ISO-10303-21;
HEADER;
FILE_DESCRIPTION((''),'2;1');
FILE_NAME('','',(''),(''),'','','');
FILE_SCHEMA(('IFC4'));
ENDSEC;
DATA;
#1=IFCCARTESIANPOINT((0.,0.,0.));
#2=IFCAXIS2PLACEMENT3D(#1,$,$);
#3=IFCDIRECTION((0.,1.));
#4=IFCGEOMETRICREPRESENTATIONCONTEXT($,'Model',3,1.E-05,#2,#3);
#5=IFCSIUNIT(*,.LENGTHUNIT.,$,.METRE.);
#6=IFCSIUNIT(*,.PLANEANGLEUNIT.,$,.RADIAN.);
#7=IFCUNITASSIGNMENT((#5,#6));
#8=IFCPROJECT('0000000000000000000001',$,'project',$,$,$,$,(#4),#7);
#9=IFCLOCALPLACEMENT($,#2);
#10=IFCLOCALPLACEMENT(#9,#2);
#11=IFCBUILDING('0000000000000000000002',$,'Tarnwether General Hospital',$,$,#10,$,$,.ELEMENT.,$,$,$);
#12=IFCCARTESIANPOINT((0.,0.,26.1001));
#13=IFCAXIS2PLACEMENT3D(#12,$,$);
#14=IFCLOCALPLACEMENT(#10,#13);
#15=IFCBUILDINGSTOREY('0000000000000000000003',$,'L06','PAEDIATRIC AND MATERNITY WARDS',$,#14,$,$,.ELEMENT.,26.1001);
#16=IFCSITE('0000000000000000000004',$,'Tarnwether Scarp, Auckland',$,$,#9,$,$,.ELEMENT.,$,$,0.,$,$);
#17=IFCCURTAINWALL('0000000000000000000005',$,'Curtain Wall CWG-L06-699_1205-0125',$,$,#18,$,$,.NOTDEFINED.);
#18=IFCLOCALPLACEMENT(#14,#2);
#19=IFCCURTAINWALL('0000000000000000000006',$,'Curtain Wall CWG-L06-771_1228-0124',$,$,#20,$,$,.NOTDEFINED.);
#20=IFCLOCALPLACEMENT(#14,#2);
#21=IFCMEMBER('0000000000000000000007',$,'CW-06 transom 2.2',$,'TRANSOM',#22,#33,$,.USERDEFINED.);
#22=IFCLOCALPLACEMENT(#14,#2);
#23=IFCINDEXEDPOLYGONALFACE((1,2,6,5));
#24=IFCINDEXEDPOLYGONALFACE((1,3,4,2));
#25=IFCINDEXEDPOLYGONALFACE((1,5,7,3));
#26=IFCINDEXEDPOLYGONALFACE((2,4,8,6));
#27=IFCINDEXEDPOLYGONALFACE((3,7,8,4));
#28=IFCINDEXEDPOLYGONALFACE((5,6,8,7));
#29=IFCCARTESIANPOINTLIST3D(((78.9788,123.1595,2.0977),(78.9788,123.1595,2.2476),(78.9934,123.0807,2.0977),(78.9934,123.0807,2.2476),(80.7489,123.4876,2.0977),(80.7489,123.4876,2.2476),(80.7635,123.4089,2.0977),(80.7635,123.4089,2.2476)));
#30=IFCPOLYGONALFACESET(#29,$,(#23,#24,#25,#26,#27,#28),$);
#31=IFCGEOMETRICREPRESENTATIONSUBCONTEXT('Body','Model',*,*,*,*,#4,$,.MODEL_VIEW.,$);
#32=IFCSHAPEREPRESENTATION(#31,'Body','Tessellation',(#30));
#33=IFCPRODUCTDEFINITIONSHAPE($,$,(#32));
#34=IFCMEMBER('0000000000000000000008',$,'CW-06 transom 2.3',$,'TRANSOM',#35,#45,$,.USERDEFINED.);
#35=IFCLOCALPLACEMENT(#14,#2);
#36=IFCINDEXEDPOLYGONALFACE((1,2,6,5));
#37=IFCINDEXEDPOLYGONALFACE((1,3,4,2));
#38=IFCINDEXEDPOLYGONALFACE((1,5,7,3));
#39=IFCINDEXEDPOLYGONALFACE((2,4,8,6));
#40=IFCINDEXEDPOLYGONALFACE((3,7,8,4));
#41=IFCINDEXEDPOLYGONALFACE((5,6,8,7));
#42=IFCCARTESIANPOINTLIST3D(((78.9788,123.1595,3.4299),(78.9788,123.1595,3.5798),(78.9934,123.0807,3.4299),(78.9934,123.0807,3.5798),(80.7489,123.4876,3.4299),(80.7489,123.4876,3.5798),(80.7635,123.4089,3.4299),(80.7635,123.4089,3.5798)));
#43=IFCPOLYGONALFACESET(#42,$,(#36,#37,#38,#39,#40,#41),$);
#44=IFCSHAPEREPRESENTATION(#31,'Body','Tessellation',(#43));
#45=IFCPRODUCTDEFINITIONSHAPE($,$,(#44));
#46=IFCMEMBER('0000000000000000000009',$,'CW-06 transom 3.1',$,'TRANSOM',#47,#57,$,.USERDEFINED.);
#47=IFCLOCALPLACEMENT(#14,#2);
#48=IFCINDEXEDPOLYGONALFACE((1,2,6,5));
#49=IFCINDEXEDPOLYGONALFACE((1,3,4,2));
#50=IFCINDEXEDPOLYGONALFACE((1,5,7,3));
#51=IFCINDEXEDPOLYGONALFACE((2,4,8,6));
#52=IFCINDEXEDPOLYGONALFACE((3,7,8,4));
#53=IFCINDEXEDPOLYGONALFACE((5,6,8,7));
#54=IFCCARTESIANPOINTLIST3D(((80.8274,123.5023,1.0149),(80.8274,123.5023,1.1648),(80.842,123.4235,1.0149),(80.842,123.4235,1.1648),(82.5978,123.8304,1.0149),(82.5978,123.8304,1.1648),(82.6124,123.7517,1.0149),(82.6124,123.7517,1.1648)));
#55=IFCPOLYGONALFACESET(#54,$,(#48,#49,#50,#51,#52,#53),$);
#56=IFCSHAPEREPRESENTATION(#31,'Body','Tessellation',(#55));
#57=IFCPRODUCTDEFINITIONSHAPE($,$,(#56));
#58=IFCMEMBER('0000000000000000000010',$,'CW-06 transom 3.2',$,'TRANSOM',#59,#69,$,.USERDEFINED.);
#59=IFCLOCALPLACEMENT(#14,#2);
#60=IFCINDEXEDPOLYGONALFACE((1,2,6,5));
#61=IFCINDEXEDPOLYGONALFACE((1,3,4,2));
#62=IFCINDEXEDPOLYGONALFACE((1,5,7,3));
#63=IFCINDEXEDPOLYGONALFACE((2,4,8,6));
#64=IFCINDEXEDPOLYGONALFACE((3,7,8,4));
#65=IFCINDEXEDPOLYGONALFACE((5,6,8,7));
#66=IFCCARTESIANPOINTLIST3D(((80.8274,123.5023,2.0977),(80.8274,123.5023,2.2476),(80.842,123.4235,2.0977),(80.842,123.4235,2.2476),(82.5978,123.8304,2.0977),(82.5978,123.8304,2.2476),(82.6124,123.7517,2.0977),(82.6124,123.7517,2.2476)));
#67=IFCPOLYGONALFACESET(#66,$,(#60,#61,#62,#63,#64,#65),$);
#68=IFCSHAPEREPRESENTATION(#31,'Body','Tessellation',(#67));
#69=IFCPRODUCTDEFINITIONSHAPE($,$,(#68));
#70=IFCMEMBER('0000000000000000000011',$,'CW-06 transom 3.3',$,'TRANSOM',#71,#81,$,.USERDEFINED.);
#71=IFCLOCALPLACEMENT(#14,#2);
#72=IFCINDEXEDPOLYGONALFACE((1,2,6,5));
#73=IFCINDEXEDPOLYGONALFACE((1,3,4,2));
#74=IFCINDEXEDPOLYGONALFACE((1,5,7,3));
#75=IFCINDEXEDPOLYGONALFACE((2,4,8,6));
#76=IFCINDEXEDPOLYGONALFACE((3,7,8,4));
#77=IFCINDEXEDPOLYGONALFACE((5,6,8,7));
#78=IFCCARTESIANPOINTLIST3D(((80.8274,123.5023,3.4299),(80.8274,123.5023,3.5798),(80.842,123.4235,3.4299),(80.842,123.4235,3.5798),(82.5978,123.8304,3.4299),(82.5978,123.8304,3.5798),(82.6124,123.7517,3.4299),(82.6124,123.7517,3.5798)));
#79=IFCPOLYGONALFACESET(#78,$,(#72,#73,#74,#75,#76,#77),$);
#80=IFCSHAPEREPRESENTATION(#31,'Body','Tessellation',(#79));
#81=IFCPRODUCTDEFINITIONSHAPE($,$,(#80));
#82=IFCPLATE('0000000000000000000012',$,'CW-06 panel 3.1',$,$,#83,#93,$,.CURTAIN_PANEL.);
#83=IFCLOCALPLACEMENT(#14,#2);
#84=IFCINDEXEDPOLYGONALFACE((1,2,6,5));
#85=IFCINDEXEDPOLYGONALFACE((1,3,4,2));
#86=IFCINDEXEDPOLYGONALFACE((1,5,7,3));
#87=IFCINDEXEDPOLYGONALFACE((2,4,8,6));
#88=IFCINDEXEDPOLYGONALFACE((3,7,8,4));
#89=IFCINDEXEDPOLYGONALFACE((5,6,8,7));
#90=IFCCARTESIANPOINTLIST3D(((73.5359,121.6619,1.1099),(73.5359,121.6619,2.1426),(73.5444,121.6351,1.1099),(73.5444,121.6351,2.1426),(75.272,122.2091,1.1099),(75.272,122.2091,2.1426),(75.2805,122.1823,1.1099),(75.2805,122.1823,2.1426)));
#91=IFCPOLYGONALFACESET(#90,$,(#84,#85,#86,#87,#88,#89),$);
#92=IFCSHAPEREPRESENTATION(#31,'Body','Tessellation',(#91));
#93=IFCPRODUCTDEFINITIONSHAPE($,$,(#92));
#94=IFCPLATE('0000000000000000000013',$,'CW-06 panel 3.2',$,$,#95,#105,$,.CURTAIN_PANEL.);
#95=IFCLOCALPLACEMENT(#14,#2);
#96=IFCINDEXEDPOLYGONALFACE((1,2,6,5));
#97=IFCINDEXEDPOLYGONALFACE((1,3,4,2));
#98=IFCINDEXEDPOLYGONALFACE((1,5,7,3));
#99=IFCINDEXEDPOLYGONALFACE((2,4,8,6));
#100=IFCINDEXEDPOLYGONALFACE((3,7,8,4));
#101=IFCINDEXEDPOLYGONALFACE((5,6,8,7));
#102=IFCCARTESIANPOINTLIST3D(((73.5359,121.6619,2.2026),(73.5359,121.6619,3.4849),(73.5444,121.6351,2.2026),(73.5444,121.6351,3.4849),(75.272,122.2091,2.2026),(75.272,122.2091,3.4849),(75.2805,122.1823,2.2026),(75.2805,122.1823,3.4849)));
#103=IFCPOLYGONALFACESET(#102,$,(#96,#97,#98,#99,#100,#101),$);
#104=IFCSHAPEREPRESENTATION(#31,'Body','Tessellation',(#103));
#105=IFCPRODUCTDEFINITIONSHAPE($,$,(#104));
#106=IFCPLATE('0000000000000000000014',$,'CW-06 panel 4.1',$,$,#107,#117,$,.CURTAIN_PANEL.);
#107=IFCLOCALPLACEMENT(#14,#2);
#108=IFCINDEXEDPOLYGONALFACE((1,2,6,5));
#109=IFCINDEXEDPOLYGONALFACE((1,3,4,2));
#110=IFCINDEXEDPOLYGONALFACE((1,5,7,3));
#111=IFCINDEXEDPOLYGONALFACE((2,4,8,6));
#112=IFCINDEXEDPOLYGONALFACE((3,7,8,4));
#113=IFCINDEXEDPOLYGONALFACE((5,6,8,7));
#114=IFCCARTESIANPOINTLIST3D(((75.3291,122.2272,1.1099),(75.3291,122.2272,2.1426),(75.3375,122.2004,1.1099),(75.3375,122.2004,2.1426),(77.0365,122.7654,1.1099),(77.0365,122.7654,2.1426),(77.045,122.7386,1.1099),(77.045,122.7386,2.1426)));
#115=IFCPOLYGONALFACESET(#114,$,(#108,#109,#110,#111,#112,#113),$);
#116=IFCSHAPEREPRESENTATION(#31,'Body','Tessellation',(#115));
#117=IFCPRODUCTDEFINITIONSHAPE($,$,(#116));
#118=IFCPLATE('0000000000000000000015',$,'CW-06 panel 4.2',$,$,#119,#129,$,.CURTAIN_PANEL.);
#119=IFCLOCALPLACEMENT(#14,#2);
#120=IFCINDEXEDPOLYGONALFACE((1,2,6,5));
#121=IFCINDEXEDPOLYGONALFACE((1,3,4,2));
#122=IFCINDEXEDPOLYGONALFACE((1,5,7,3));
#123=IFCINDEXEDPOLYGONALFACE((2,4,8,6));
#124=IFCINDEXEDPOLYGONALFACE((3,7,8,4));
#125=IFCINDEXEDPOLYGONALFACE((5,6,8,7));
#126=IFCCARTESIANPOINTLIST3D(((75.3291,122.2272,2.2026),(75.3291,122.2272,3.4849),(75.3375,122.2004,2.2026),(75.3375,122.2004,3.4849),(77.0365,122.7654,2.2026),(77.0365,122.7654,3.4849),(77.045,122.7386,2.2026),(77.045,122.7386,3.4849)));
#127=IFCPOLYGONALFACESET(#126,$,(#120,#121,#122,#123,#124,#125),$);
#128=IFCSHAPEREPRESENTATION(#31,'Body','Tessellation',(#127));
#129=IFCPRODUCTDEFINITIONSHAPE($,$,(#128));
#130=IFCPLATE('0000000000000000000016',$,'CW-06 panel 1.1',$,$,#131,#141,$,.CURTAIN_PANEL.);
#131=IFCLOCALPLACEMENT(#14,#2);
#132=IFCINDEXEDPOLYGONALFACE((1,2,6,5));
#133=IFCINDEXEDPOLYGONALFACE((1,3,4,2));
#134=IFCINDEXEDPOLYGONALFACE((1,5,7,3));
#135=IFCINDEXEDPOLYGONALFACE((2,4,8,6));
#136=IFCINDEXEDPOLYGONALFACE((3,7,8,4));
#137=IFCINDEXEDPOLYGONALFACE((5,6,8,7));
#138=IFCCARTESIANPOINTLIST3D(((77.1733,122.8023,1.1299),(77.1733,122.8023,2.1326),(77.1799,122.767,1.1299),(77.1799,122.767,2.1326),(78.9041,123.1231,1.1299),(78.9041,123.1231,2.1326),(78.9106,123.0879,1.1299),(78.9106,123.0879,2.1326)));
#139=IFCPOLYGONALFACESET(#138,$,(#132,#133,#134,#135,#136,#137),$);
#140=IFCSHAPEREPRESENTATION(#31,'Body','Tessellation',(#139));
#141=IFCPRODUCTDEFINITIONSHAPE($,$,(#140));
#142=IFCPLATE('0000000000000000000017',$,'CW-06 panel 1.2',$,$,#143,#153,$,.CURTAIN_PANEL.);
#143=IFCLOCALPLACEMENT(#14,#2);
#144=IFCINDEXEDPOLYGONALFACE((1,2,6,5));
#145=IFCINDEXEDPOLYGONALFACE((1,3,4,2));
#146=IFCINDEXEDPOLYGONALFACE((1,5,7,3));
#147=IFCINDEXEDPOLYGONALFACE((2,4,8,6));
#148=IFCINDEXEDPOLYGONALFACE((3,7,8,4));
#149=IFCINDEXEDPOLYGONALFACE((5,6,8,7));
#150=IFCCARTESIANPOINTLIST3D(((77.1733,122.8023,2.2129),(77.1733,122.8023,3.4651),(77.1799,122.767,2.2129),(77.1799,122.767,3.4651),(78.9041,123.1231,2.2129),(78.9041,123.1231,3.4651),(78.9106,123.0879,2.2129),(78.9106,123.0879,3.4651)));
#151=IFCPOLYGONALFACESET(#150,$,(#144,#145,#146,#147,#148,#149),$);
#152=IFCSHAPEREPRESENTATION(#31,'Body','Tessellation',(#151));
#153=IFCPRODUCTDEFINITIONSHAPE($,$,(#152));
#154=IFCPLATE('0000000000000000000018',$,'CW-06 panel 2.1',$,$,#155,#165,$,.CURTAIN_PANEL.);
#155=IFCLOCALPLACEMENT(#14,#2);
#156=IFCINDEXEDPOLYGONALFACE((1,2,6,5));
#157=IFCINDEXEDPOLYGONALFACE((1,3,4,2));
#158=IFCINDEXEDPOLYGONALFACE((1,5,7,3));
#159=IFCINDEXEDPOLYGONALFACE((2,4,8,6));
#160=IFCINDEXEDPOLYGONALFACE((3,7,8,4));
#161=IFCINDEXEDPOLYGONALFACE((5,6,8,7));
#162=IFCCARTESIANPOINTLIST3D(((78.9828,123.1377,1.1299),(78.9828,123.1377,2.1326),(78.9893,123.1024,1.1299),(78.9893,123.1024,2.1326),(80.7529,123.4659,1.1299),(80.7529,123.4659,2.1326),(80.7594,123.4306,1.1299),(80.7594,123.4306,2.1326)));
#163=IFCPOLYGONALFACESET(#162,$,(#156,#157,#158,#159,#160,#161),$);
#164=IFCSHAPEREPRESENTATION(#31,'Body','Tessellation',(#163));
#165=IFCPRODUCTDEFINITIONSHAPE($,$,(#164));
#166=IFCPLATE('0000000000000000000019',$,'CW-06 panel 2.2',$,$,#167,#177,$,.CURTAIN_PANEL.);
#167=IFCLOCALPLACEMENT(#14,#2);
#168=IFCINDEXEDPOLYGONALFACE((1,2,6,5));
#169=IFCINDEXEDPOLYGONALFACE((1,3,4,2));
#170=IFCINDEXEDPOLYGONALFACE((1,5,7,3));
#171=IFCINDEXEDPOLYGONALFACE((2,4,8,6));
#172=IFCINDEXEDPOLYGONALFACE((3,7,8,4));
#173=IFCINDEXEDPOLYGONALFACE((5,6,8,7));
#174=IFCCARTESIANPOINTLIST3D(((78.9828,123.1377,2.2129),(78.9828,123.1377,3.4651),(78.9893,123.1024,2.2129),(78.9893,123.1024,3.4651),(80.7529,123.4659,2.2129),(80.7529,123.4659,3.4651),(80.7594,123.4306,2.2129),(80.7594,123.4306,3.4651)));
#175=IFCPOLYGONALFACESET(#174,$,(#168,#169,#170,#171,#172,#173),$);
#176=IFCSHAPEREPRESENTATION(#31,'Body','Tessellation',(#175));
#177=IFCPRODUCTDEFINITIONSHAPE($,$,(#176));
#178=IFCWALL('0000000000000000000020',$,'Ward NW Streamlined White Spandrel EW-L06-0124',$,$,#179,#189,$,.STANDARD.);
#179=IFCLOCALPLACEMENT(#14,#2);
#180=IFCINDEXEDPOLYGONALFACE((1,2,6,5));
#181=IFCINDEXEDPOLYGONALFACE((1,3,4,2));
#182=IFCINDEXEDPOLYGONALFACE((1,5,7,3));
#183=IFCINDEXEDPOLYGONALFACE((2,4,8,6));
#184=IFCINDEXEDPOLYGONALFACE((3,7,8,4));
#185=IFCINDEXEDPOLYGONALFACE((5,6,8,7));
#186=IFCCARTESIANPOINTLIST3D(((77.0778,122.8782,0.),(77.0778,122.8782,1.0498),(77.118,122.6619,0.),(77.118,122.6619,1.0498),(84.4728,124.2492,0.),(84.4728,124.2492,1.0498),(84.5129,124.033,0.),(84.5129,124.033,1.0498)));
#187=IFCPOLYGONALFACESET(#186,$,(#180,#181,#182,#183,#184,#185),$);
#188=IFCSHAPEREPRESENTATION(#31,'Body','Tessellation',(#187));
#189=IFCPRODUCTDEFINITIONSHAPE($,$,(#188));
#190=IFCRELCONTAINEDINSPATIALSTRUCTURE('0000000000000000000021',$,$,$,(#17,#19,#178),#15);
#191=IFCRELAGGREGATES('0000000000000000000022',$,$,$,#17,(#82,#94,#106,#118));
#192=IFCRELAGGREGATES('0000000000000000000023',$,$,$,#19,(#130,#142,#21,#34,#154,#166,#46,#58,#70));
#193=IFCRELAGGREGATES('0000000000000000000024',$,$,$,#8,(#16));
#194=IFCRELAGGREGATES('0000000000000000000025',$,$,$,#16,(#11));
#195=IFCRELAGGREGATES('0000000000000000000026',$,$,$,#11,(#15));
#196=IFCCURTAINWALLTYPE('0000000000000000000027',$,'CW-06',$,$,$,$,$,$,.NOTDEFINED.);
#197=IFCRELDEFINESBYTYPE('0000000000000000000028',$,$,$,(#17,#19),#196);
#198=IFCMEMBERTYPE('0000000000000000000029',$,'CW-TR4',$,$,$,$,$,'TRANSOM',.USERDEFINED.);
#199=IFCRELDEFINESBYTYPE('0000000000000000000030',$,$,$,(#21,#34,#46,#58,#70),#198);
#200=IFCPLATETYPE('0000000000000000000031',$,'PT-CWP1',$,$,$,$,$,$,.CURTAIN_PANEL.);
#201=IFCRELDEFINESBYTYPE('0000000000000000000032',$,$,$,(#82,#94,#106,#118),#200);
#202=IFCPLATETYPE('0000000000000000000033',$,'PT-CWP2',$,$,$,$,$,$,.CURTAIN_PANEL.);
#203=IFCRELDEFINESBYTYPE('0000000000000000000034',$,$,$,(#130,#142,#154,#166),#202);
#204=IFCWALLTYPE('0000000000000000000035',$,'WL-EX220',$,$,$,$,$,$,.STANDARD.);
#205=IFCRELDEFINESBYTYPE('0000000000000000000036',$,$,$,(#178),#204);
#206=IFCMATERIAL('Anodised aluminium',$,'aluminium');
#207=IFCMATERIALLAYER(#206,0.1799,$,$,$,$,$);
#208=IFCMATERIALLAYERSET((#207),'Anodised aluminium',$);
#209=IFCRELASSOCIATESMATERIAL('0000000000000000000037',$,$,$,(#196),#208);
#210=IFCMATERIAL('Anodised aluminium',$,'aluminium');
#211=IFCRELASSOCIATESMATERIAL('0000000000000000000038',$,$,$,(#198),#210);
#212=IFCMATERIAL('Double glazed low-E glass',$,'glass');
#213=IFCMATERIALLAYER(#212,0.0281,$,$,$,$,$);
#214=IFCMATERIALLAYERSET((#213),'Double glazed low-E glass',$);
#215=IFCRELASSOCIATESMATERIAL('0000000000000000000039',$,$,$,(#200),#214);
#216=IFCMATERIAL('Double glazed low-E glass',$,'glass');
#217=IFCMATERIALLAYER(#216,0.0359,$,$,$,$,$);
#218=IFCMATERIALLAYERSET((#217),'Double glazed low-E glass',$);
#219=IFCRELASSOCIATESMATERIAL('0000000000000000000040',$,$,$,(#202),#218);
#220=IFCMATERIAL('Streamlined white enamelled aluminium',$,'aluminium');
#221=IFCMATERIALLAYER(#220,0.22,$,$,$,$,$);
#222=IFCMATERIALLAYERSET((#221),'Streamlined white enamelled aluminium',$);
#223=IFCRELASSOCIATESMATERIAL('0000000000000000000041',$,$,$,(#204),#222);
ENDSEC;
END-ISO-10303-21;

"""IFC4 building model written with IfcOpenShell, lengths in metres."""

from ifc_helpers import new_model, si_unit, direction, frame, frame_2d, origin, origin_2d, place, context, subcontext, project, spatial, rectangle, extrude, material, layer, layer_set, material_profile, profile_set, type_object, element, aggregate, save


model = new_model("IFC4")

# Units and contexts
model_context = context("Model", 3, precision=1e-05, world=origin(), true_north=direction((0.0, 1.0)))
body_context = subcontext(model_context, "Body", "Model", "MODEL_VIEW")
ifc_project = project(units=[si_unit("LENGTHUNIT", "METRE"), si_unit("PLANEANGLEUNIT", "RADIAN")], contexts=[model_context])

# Site, building, storey
site_placement = place(None, origin())
site = spatial("IfcSite", under=ifc_project, at=site_placement, Name="Tarnwether Scarp, Auckland", CompositionType="ELEMENT", RefElevation=0.0)
building_placement = place(site_placement, origin())
building = spatial("IfcBuilding", under=site, at=building_placement, Name="Tarnwether General Hospital", CompositionType="ELEMENT")
storey_placement = place(building_placement, frame((0.0, 0.0, 26.1001)))
storey = spatial("IfcBuildingStorey", under=building, at=storey_placement, Name="L06", Description="PAEDIATRIC AND MATERNITY WARDS", CompositionType="ELEMENT", Elevation=26.1001)

# Curtain walls
ifc_material_1 = material(Name="Anodised aluminium", Category="aluminium")
ifc_layer_1 = layer(ifc_material_1, 0.1799)
ifc_layer_set_1 = layer_set([ifc_layer_1], Name="Anodised aluminium")
curtain_wall_type = type_object("IfcCurtainWallType", Name="CW-06", PredefinedType="NOTDEFINED", material=ifc_layer_set_1)
curtain_wall_1_placement = place(storey_placement, origin())
curtain_wall_1 = element("IfcCurtainWall", 1, at=curtain_wall_1_placement, inside=storey, type_object=curtain_wall_type, Name="Curtain Wall CWG-L06-699_1205-0125", PredefinedType="NOTDEFINED")
curtain_wall_2_placement = place(storey_placement, origin())
curtain_wall_2 = element("IfcCurtainWall", 2, at=curtain_wall_2_placement, inside=storey, type_object=curtain_wall_type, Name="Curtain Wall CWG-L06-771_1228-0124", PredefinedType="NOTDEFINED")

# Members
ifc_material_2 = material(Name="Anodised aluminium", Category="aluminium")
ifc_material_profile_1 = material_profile(ifc_material_2, rectangle(XDim=0.0801, YDim=0.1499, at=origin_2d()), Name="ALU-TRN-80x150")
ifc_profile_set_1 = profile_set([ifc_material_profile_1], Name="Anodised aluminium")
member_type_1 = type_object("IfcMemberType", Name="CW-TR4", ElementType="TRANSOM", PredefinedType="USERDEFINED", material=ifc_profile_set_1)
member_1_placement = place(storey_placement, frame((78.9861, 123.1201, 2.1726), z_axis=(0.983248, 0.182274, 0.0), x_axis=(-0.182274, 0.983248, 0.0)))
member_1 = element("IfcMember", 3, at=member_1_placement, type_object=member_type_1, Name="CW-06 transom 2.2", ObjectType="TRANSOM", PredefinedType="USERDEFINED", context=body_context, shape_type="SweptSolid", body=[
    extrude(rectangle(XDim=0.0801, YDim=0.1499, at=origin_2d()), origin(), (0.0, 0.0, 1.0), 1.8003),
])
member_2_placement = place(storey_placement, frame((78.9861, 123.1201, 3.5049), z_axis=(0.983248, 0.182274, 0.0), x_axis=(-0.182274, 0.983248, 0.0)))
member_2 = element("IfcMember", 4, at=member_2_placement, type_object=member_type_1, Name="CW-06 transom 2.3", ObjectType="TRANSOM", PredefinedType="USERDEFINED", context=body_context, shape_type="SweptSolid", body=[
    extrude(rectangle(XDim=0.0801, YDim=0.1499, at=origin_2d()), origin(), (0.0, 0.0, 1.0), 1.8003),
])
member_3_placement = place(storey_placement, frame((80.8347, 123.4629, 1.0898), z_axis=(0.983252, 0.182249, 0.0), x_axis=(-0.182249, 0.983252, 0.0)))
member_3 = element("IfcMember", 5, at=member_3_placement, type_object=member_type_1, Name="CW-06 transom 3.1", ObjectType="TRANSOM", PredefinedType="USERDEFINED", context=body_context, shape_type="SweptSolid", body=[
    extrude(rectangle(XDim=0.0801, YDim=0.1499, at=origin_2d()), origin(), (0.0, 0.0, 1.0), 1.8005),
])
member_4_placement = place(storey_placement, frame((80.8347, 123.4629, 2.1726), z_axis=(0.983252, 0.182249, 0.0), x_axis=(-0.182249, 0.983252, 0.0)))
member_4 = element("IfcMember", 6, at=member_4_placement, type_object=member_type_1, Name="CW-06 transom 3.2", ObjectType="TRANSOM", PredefinedType="USERDEFINED", context=body_context, shape_type="SweptSolid", body=[
    extrude(rectangle(XDim=0.0801, YDim=0.1499, at=origin_2d()), origin(), (0.0, 0.0, 1.0), 1.8005),
])
member_5_placement = place(storey_placement, frame((80.8347, 123.4629, 3.5049), z_axis=(0.983252, 0.182249, 0.0), x_axis=(-0.182249, 0.983252, 0.0)))
member_5 = element("IfcMember", 7, at=member_5_placement, type_object=member_type_1, Name="CW-06 transom 3.3", ObjectType="TRANSOM", PredefinedType="USERDEFINED", context=body_context, shape_type="SweptSolid", body=[
    extrude(rectangle(XDim=0.0801, YDim=0.1499, at=origin_2d()), origin(), (0.0, 0.0, 1.0), 1.8005),
])

# Plates
ifc_material_3 = material(Name="Double glazed low-E glass", Category="glass")
ifc_layer_2 = layer(ifc_material_3, 0.0281)
ifc_layer_set_2 = layer_set([ifc_layer_2], Name="Double glazed low-E glass")
plate_type_1 = type_object("IfcPlateType", Name="PT-CWP1", PredefinedType="CURTAIN_PANEL", material=ifc_layer_set_2)
plate_1_placement = place(storey_placement, frame((74.4082, 121.9221, 1.1099), z_axis=(0.0, 0.0, 1.0), x_axis=(0.953741, 0.300629, 0.0)))
plate_1 = element("IfcPlate", 8, at=plate_1_placement, type_object=plate_type_1, Name="CW-06 panel 3.1", PredefinedType="CURTAIN_PANEL", context=body_context, shape_type="SweptSolid", body=[
    extrude(rectangle(XDim=1.8203, YDim=0.0281, at=origin_2d()), origin(), (0.0, 0.0, 1.0), 1.0327),
])
plate_2_placement = place(storey_placement, frame((74.4082, 121.9221, 2.2026), z_axis=(0.0, 0.0, 1.0), x_axis=(0.953741, 0.300629, 0.0)))
plate_2 = element("IfcPlate", 9, at=plate_2_placement, type_object=plate_type_1, Name="CW-06 panel 3.2", PredefinedType="CURTAIN_PANEL", context=body_context, shape_type="SweptSolid", body=[
    extrude(rectangle(XDim=1.8203, YDim=0.0281, at=origin_2d()), origin(), (0.0, 0.0, 1.0), 1.2822),
])
plate_3_placement = place(storey_placement, frame((76.187, 122.4829, 1.1099), z_axis=(0.0, 0.0, 1.0), x_axis=(0.953741, 0.300629, 0.0)))
plate_3 = element("IfcPlate", 10, at=plate_3_placement, type_object=plate_type_1, Name="CW-06 panel 4.1", PredefinedType="CURTAIN_PANEL", context=body_context, shape_type="SweptSolid", body=[
    extrude(rectangle(XDim=1.7903, YDim=0.0281, at=origin_2d()), origin(), (0.0, 0.0, 1.0), 1.0327),
])
plate_4_placement = place(storey_placement, frame((76.187, 122.4829, 2.2026), z_axis=(0.0, 0.0, 1.0), x_axis=(0.953741, 0.300629, 0.0)))
plate_4 = element("IfcPlate", 11, at=plate_4_placement, type_object=plate_type_1, Name="CW-06 panel 4.2", PredefinedType="CURTAIN_PANEL", context=body_context, shape_type="SweptSolid", body=[
    extrude(rectangle(XDim=1.7903, YDim=0.0281, at=origin_2d()), origin(), (0.0, 0.0, 1.0), 1.2822),
])
aggregate(curtain_wall_1, [plate_1, plate_2, plate_3, plate_4])
ifc_material_4 = material(Name="Double glazed low-E glass", Category="glass")
ifc_layer_3 = layer(ifc_material_4, 0.0359)
ifc_layer_set_3 = layer_set([ifc_layer_3], Name="Double glazed low-E glass")
plate_type_2 = type_object("IfcPlateType", Name="PT-CWP2", PredefinedType="CURTAIN_PANEL", material=ifc_layer_set_3)
plate_5_placement = place(storey_placement, frame((78.042, 122.9451, 1.1299), z_axis=(0.0, 0.0, 1.0), x_axis=(0.983245, 0.182289, 0.0)))
plate_5 = element("IfcPlate", 12, at=plate_5_placement, type_object=plate_type_2, Name="CW-06 panel 1.1", PredefinedType="CURTAIN_PANEL", context=body_context, shape_type="SweptSolid", body=[
    extrude(rectangle(XDim=1.7603, YDim=0.0359, at=origin_2d()), origin(), (0.0, 0.0, 1.0), 1.0027),
])
plate_6_placement = place(storey_placement, frame((78.042, 122.9451, 2.2129), z_axis=(0.0, 0.0, 1.0), x_axis=(0.983245, 0.182289, 0.0)))
plate_6 = element("IfcPlate", 13, at=plate_6_placement, type_object=plate_type_2, Name="CW-06 panel 1.2", PredefinedType="CURTAIN_PANEL", context=body_context, shape_type="SweptSolid", body=[
    extrude(rectangle(XDim=1.7603, YDim=0.0359, at=origin_2d()), origin(), (0.0, 0.0, 1.0), 1.2522),
])
plate_7_placement = place(storey_placement, frame((79.8711, 123.2842, 1.1299), z_axis=(0.0, 0.0, 1.0), x_axis=(0.983245, 0.182289, 0.0)))
plate_7 = element("IfcPlate", 14, at=plate_7_placement, type_object=plate_type_2, Name="CW-06 panel 2.1", PredefinedType="CURTAIN_PANEL", context=body_context, shape_type="SweptSolid", body=[
    extrude(rectangle(XDim=1.8003, YDim=0.0359, at=origin_2d()), origin(), (0.0, 0.0, 1.0), 1.0027),
])
plate_8_placement = place(storey_placement, frame((79.8711, 123.2842, 2.2129), z_axis=(0.0, 0.0, 1.0), x_axis=(0.983245, 0.182289, 0.0)))
plate_8 = element("IfcPlate", 15, at=plate_8_placement, type_object=plate_type_2, Name="CW-06 panel 2.2", PredefinedType="CURTAIN_PANEL", context=body_context, shape_type="SweptSolid", body=[
    extrude(rectangle(XDim=1.8003, YDim=0.0359, at=origin_2d()), origin(), (0.0, 0.0, 1.0), 1.2522),
])
aggregate(curtain_wall_2, [plate_5, plate_6, member_1, member_2, plate_7, plate_8, member_3, member_4, member_5])

# Wall
ifc_material_5 = material(Name="Streamlined white enamelled aluminium", Category="aluminium")
ifc_layer_4 = layer(ifc_material_5, 0.22)
ifc_layer_set_4 = layer_set([ifc_layer_4], Name="Streamlined white enamelled aluminium")
wall_type = type_object("IfcWallType", Name="WL-EX220", PredefinedType="STANDARD", material=ifc_layer_set_4)
wall_placement = place(storey_placement, frame((77.0979, 122.77, 0.0), z_axis=(0.0, 0.0, 1.0), x_axis=(0.983243, 0.182301, 0.0)))
element("IfcWall", 16, at=wall_placement, inside=storey, type_object=wall_type, Name="Ward NW Streamlined White Spandrel EW-L06-0124", PredefinedType="STANDARD", context=body_context, shape_type="SweptSolid", body=[
    extrude(rectangle(XDim=7.521, YDim=0.22, at=frame_2d((3.7605, 0.0))), origin(), (0.0, 0.0, 1.0), 1.0498),
])

save(model, "model.ifc")
